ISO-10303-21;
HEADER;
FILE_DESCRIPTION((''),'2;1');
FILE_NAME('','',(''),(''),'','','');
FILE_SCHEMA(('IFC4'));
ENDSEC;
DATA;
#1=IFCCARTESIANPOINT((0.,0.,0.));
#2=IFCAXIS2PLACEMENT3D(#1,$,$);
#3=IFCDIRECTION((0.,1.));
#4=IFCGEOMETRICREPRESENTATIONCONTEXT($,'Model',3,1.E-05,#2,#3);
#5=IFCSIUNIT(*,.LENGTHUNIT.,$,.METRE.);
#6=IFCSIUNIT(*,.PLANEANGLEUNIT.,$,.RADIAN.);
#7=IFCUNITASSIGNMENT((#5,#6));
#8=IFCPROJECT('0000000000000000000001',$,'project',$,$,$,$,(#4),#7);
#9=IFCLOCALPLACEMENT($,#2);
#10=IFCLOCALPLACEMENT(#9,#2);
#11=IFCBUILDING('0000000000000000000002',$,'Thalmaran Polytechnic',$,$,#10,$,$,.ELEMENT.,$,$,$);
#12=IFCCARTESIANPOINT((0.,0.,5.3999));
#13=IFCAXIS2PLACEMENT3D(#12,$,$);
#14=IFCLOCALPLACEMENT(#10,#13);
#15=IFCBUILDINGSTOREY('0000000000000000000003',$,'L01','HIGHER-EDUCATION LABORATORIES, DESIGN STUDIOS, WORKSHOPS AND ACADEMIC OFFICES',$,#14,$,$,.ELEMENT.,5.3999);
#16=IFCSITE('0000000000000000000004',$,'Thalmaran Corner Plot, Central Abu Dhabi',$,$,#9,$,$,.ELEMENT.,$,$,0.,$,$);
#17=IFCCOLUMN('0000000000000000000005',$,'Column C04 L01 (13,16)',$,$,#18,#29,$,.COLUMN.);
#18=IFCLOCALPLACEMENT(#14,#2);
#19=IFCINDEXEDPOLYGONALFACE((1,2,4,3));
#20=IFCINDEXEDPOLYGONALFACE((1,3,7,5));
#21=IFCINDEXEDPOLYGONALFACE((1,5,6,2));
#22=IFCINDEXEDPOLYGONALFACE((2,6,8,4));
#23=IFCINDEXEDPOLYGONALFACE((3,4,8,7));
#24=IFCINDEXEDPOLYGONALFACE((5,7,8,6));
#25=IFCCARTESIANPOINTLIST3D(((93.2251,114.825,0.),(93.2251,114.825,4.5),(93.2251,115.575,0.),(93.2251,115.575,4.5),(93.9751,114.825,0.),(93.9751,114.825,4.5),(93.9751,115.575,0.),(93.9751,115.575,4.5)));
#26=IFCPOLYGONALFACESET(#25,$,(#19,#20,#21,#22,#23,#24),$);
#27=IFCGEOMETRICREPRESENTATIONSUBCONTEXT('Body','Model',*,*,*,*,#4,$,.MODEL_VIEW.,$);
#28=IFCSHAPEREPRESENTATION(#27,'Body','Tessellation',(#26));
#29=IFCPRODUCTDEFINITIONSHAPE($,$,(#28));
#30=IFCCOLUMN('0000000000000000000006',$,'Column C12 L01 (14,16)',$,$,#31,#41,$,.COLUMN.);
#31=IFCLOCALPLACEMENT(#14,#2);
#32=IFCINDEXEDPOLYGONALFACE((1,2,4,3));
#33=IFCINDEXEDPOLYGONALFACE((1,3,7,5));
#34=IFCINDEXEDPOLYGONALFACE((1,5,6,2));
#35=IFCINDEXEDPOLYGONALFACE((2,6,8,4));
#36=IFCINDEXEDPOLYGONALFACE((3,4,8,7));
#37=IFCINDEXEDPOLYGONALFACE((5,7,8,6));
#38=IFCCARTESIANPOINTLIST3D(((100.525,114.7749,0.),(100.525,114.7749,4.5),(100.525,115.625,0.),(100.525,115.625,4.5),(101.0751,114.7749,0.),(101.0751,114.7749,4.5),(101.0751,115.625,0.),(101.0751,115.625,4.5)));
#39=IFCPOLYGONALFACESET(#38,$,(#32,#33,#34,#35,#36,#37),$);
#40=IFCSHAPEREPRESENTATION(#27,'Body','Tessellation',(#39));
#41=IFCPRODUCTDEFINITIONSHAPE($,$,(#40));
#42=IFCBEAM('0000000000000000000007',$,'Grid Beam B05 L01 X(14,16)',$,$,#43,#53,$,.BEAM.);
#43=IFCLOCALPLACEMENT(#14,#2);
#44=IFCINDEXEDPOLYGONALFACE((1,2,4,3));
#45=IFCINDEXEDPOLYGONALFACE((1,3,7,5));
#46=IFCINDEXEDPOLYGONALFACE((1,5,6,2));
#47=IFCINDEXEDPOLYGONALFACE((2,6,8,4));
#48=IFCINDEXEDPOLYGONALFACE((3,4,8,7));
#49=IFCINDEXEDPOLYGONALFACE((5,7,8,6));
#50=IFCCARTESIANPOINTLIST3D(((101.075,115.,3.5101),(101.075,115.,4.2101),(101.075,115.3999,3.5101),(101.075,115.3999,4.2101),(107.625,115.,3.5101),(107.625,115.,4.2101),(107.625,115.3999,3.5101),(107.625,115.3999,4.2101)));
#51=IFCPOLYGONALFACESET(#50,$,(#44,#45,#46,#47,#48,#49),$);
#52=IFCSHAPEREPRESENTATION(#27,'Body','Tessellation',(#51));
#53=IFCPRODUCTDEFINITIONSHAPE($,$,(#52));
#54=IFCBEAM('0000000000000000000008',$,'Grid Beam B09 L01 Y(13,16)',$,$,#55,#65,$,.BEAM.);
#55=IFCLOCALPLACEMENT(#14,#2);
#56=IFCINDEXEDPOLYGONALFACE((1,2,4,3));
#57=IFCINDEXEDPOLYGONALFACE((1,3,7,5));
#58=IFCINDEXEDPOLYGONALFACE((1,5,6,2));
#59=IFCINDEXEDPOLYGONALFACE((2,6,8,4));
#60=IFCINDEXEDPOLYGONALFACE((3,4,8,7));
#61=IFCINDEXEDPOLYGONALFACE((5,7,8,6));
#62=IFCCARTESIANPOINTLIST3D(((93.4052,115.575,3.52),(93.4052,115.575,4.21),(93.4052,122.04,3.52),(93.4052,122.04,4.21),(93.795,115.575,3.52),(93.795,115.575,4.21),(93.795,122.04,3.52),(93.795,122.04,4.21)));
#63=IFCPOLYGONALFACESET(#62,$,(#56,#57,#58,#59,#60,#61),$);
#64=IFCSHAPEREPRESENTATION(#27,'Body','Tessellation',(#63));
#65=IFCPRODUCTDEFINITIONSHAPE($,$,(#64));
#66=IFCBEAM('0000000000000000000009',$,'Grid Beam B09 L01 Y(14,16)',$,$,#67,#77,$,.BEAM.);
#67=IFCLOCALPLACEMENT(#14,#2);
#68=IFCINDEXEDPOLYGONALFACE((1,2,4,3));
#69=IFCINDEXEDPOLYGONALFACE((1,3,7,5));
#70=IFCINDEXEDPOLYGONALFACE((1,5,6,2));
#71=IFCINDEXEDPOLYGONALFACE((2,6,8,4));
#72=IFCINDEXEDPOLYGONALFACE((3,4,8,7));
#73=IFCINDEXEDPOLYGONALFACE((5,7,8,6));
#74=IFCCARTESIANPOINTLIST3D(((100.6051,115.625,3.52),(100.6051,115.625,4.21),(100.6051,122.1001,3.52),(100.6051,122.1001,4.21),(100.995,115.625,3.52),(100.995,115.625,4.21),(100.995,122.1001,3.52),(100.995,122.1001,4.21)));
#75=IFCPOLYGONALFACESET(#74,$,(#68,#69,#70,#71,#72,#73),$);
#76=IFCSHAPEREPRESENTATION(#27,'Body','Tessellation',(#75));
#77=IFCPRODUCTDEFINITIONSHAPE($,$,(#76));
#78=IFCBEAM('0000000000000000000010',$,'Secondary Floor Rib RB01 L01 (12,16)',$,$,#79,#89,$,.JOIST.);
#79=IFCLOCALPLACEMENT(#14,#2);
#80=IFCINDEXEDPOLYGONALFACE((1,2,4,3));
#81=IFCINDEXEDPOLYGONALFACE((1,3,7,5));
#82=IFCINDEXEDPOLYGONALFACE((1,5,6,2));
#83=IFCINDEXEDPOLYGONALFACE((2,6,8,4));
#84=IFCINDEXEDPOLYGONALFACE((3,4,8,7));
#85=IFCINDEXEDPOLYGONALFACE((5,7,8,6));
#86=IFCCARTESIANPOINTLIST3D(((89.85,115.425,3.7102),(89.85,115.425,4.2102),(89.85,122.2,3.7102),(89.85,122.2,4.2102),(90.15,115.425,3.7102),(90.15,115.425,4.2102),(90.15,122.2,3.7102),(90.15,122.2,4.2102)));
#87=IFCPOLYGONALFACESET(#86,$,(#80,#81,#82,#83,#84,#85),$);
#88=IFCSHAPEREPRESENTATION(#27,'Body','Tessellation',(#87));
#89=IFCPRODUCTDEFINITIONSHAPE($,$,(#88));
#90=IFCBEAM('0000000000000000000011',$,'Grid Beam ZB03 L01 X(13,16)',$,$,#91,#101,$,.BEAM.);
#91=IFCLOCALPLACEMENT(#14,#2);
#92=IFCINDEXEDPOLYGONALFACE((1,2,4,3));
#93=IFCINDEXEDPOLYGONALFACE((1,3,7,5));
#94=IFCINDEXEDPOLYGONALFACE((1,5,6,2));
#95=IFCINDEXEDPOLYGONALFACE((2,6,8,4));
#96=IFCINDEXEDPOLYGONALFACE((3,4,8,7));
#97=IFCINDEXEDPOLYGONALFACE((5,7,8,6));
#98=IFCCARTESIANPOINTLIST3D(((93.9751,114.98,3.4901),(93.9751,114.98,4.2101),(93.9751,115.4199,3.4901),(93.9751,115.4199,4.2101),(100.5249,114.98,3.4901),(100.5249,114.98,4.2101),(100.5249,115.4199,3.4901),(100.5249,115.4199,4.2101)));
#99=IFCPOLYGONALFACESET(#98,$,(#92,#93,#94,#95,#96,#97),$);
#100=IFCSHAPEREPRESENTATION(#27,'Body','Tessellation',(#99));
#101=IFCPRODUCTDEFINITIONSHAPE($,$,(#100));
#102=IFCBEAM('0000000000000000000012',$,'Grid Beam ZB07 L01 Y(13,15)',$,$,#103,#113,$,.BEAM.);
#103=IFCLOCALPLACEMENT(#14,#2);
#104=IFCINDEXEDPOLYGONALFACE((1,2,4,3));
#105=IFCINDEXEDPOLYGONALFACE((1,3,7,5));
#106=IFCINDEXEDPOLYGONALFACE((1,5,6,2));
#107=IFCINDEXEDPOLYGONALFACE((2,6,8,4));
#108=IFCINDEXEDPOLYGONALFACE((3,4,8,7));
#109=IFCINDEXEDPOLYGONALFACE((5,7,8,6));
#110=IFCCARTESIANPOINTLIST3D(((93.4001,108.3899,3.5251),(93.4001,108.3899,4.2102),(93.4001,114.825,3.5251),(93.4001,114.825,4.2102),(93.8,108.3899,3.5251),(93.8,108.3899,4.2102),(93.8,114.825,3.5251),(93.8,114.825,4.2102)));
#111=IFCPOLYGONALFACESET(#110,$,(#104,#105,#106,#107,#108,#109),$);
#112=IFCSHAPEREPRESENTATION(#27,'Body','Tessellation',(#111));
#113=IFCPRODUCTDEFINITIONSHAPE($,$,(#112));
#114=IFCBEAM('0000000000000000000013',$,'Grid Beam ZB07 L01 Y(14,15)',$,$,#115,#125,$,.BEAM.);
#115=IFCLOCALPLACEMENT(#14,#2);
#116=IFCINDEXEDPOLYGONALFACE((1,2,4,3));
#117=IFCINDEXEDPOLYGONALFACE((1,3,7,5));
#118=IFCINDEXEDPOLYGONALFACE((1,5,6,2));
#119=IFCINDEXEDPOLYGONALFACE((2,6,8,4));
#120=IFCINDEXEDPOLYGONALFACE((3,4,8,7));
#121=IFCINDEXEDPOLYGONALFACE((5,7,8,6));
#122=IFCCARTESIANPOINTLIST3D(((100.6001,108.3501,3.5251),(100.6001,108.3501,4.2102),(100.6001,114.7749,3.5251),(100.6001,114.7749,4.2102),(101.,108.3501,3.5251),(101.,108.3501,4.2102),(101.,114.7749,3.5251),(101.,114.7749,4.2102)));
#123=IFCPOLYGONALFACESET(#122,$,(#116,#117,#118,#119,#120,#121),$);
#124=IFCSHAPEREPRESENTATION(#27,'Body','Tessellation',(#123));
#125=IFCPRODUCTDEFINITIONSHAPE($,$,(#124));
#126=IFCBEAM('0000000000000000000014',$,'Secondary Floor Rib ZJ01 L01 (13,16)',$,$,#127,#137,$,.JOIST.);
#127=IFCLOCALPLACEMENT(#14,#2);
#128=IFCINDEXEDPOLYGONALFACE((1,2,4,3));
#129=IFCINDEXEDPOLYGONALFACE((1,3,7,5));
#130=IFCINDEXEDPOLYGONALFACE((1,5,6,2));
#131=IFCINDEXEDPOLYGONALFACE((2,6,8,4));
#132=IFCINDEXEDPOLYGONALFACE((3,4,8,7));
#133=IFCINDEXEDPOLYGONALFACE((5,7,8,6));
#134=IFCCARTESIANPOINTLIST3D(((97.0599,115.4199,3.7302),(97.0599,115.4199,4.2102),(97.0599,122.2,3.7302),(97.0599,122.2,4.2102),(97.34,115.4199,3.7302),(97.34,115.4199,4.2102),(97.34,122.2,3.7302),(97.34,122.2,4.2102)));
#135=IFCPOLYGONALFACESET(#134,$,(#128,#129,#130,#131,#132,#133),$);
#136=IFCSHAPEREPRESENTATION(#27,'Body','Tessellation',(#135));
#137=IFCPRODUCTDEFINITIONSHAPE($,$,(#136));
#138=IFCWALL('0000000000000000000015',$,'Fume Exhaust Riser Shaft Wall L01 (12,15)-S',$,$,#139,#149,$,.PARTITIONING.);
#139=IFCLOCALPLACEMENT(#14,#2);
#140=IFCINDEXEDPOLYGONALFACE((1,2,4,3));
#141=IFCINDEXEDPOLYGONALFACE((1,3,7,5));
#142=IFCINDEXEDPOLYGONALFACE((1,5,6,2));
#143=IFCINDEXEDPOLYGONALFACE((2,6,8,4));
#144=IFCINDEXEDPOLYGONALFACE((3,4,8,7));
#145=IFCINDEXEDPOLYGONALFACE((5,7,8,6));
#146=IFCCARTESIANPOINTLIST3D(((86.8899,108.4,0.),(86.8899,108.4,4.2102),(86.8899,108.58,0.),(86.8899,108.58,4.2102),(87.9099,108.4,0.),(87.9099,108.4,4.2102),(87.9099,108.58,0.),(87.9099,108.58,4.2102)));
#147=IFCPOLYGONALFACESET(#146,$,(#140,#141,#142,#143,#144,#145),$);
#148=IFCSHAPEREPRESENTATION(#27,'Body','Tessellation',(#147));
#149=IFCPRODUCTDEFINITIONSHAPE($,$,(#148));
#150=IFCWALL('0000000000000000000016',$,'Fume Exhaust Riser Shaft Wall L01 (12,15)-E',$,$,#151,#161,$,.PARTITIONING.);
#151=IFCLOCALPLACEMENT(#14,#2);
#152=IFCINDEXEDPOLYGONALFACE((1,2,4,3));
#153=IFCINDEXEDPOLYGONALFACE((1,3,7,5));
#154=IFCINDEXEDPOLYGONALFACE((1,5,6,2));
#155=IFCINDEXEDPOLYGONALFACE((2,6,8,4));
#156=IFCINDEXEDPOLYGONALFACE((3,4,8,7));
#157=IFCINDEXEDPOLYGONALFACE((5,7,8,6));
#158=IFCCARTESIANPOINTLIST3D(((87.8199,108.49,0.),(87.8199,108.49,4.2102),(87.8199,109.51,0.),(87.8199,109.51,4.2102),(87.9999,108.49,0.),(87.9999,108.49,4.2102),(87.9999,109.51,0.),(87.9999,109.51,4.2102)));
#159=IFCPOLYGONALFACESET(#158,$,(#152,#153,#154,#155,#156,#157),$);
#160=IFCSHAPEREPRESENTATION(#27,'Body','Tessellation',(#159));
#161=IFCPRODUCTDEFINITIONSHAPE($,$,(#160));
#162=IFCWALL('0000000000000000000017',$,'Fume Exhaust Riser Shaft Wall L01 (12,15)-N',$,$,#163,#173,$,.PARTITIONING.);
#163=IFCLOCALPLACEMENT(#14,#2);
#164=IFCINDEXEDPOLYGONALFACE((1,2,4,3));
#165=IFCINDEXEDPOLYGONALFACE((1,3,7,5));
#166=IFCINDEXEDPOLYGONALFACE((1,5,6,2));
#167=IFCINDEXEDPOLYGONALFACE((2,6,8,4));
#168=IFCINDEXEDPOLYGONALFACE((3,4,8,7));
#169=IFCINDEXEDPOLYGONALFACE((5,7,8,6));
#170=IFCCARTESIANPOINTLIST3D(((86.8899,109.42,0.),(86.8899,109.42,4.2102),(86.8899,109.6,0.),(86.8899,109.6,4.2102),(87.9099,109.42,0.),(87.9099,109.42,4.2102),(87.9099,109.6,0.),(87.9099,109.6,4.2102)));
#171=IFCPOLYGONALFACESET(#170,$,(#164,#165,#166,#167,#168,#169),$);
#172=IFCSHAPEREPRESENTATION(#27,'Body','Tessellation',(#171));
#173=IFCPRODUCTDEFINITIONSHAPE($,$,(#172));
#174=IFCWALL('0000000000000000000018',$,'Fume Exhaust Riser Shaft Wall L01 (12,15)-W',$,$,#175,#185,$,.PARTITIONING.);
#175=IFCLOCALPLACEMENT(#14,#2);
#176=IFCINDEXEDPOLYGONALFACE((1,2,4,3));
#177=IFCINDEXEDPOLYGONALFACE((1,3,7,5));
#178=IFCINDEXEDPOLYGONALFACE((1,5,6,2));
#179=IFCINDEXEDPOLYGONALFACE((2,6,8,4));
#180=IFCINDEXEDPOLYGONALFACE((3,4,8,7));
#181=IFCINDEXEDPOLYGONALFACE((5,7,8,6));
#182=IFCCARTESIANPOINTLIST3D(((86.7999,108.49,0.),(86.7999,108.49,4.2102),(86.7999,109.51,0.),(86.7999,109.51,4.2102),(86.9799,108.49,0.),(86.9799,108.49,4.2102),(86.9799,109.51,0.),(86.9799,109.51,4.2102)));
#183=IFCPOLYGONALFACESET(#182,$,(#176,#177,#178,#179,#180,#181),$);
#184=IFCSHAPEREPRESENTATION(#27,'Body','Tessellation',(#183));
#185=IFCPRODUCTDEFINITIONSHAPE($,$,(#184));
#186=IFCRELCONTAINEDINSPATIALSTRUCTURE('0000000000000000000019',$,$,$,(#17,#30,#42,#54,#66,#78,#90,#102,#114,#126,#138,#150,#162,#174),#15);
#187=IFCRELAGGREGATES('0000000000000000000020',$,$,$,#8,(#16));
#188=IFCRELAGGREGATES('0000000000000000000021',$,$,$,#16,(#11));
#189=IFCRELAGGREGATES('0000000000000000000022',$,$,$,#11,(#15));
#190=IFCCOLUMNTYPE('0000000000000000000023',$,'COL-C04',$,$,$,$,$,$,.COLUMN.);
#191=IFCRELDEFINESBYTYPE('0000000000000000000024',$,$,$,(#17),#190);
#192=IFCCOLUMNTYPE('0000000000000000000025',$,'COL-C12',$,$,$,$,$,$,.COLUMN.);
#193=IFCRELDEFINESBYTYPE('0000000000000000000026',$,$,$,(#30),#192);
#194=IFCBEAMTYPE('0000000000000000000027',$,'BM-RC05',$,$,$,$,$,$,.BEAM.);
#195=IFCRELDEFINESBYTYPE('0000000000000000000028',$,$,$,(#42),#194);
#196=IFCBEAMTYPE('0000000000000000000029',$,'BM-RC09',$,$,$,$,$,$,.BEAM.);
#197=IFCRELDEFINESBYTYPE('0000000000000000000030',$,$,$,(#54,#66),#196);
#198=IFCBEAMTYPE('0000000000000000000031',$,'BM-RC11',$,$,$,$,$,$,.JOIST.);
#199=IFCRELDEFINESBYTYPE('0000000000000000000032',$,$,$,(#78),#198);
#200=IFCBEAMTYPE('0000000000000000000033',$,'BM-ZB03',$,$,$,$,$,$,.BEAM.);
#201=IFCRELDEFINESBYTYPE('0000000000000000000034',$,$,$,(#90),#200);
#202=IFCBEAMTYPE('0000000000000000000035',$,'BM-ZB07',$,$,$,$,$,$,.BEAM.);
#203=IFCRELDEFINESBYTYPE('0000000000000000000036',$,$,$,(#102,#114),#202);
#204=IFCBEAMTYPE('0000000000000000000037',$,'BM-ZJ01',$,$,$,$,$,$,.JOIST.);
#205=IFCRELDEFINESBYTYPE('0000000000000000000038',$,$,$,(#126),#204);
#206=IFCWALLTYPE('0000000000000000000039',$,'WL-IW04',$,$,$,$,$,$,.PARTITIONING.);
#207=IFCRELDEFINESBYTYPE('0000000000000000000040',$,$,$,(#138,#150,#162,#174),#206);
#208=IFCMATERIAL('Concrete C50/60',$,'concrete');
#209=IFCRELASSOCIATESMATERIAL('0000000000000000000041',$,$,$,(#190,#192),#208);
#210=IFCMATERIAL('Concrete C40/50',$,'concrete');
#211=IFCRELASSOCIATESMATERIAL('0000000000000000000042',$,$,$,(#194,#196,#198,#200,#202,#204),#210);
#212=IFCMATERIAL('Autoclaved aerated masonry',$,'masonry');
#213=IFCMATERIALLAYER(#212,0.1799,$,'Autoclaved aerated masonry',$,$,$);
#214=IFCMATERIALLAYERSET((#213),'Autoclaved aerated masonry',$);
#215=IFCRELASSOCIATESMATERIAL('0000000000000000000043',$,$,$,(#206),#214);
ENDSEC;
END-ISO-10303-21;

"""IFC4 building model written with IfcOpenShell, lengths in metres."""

from ifc_helpers import new_model, si_unit, direction, frame, frame_2d, origin, origin_2d, place, context, subcontext, project, spatial, rectangle, extrude, material, layer, layer_set, material_profile, profile_set, type_object, element, save


model = new_model("IFC4")

# Units and contexts
model_context = context("Model", 3, precision=1e-05, world=origin(), true_north=direction((0.0, 1.0)))
body_context = subcontext(model_context, "Body", "Model", "MODEL_VIEW")
ifc_project = project(units=[si_unit("LENGTHUNIT", "METRE"), si_unit("PLANEANGLEUNIT", "RADIAN")], contexts=[model_context])

# Site, building, storey
site_placement = place(None, origin())
site = spatial("IfcSite", under=ifc_project, at=site_placement, Name="Thalmaran Corner Plot, Central Abu Dhabi", CompositionType="ELEMENT", RefElevation=0.0)
building_placement = place(site_placement, origin())
building = spatial("IfcBuilding", under=site, at=building_placement, Name="Thalmaran Polytechnic", CompositionType="ELEMENT")
storey_placement = place(building_placement, frame((0.0, 0.0, 5.3999)))
storey = spatial("IfcBuildingStorey", under=building, at=storey_placement, Name="L01", Description="HIGHER-EDUCATION LABORATORIES, DESIGN STUDIOS, WORKSHOPS AND ACADEMIC OFFICES", CompositionType="ELEMENT", Elevation=5.3999)

# Columns
ifc_material_1 = material(Name="Concrete C50/60", Category="concrete")
ifc_material_profile_1 = material_profile(ifc_material_1, rectangle(XDim=0.75, YDim=0.75, at=origin_2d()), Name="RC 750x750")
ifc_profile_set_1 = profile_set([ifc_material_profile_1], Name="Concrete C50/60")
column_type_1 = type_object("IfcColumnType", Name="COL-C04", PredefinedType="COLUMN", material=ifc_profile_set_1)
column_1_placement = place(storey_placement, frame((93.6001, 115.2, 0.0), z_axis=(0.0, 0.0, 1.0), x_axis=(1.0, 0.0, 0.0)))
element("IfcColumn", 1, at=column_1_placement, inside=storey, type_object=column_type_1, Name="Column C04 L01 (13,16)", PredefinedType="COLUMN", context=body_context, shape_type="SweptSolid", body=[
    extrude(rectangle(XDim=0.75, YDim=0.75, at=origin_2d()), origin(), (0.0, 0.0, 1.0), 4.5),
])
ifc_material_profile_2 = material_profile(ifc_material_1, rectangle(XDim=0.55, YDim=0.8501, at=origin_2d()), Name="RC 550x850")
ifc_profile_set_2 = profile_set([ifc_material_profile_2], Name="Concrete C50/60")
column_type_2 = type_object("IfcColumnType", Name="COL-C12", PredefinedType="COLUMN", material=ifc_profile_set_2)
column_2_placement = place(storey_placement, frame((100.8, 115.2, 0.0), z_axis=(0.0, 0.0, 1.0), x_axis=(1.0, 0.0, 0.0)))
element("IfcColumn", 2, at=column_2_placement, inside=storey, type_object=column_type_2, Name="Column C12 L01 (14,16)", PredefinedType="COLUMN", context=body_context, shape_type="SweptSolid", body=[
    extrude(rectangle(XDim=0.55, YDim=0.8501, at=origin_2d()), origin(), (0.0, 0.0, 1.0), 4.5),
])

# Beams
ifc_material_2 = material(Name="Concrete C40/50", Category="concrete")
ifc_material_profile_3 = material_profile(ifc_material_2, rectangle(XDim=0.3999, YDim=0.7, at=origin_2d()), Name="RC 400x700")
ifc_profile_set_3 = profile_set([ifc_material_profile_3], Name="Concrete C40/50")
beam_type_1 = type_object("IfcBeamType", Name="BM-RC05", PredefinedType="BEAM", material=ifc_profile_set_3)
beam_1_placement = place(storey_placement, frame((101.075, 115.2, 3.8601), z_axis=(1.0, 0.0, 0.0), x_axis=(0.0, 1.0, 0.0)))
element("IfcBeam", 3, at=beam_1_placement, inside=storey, type_object=beam_type_1, Name="Grid Beam B05 L01 X(14,16)", PredefinedType="BEAM", context=body_context, shape_type="SweptSolid", body=[
    extrude(rectangle(XDim=0.3999, YDim=0.7, at=origin_2d()), origin(), (0.0, 0.0, 1.0), 6.55),
])
ifc_material_profile_4 = material_profile(ifc_material_2, rectangle(XDim=0.3899, YDim=0.6899, at=origin_2d()), Name="RC 390x690")
ifc_profile_set_4 = profile_set([ifc_material_profile_4], Name="Concrete C40/50")
beam_type_2 = type_object("IfcBeamType", Name="BM-RC09", PredefinedType="BEAM", material=ifc_profile_set_4)
beam_2_placement = place(storey_placement, frame((93.6001, 115.575, 3.865), z_axis=(0.0, 1.0, 0.0), x_axis=(-1.0, 0.0, 0.0)))
element("IfcBeam", 4, at=beam_2_placement, inside=storey, type_object=beam_type_2, Name="Grid Beam B09 L01 Y(13,16)", PredefinedType="BEAM", context=body_context, shape_type="SweptSolid", body=[
    extrude(rectangle(XDim=0.3899, YDim=0.6899, at=origin_2d()), origin(), (0.0, 0.0, 1.0), 6.4651),
])
beam_3_placement = place(storey_placement, frame((100.8, 115.625, 3.865), z_axis=(0.0, 1.0, 0.0), x_axis=(-1.0, 0.0, 0.0)))
element("IfcBeam", 5, at=beam_3_placement, inside=storey, type_object=beam_type_2, Name="Grid Beam B09 L01 Y(14,16)", PredefinedType="BEAM", context=body_context, shape_type="SweptSolid", body=[
    extrude(rectangle(XDim=0.3899, YDim=0.6899, at=origin_2d()), origin(), (0.0, 0.0, 1.0), 6.4751),
])
ifc_material_profile_5 = material_profile(ifc_material_2, rectangle(XDim=0.3, YDim=0.5, at=origin_2d()), Name="RC 300x500")
ifc_profile_set_5 = profile_set([ifc_material_profile_5], Name="Concrete C40/50")
beam_type_3 = type_object("IfcBeamType", Name="BM-RC11", PredefinedType="JOIST", material=ifc_profile_set_5)
beam_4_placement = place(storey_placement, frame((90.0, 115.425, 3.9602), z_axis=(0.0, 1.0, 0.0), x_axis=(-1.0, 0.0, 0.0)))
element("IfcBeam", 6, at=beam_4_placement, inside=storey, type_object=beam_type_3, Name="Secondary Floor Rib RB01 L01 (12,16)", PredefinedType="JOIST", context=body_context, shape_type="SweptSolid", body=[
    extrude(rectangle(XDim=0.3, YDim=0.5, at=origin_2d()), origin(), (0.0, 0.0, 1.0), 6.7749),
])
ifc_material_profile_6 = material_profile(ifc_material_2, rectangle(XDim=0.4399, YDim=0.72, at=origin_2d()), Name="RC 440x720")
ifc_profile_set_6 = profile_set([ifc_material_profile_6], Name="Concrete C40/50")
beam_type_4 = type_object("IfcBeamType", Name="BM-ZB03", PredefinedType="BEAM", material=ifc_profile_set_6)
beam_5_placement = place(storey_placement, frame((93.9751, 115.2, 3.8501), z_axis=(1.0, 0.0, 0.0), x_axis=(0.0, 1.0, 0.0)))
element("IfcBeam", 7, at=beam_5_placement, inside=storey, type_object=beam_type_4, Name="Grid Beam ZB03 L01 X(13,16)", PredefinedType="BEAM", context=body_context, shape_type="SweptSolid", body=[
    extrude(rectangle(XDim=0.4399, YDim=0.72, at=origin_2d()), origin(), (0.0, 0.0, 1.0), 6.5498),
])
ifc_material_profile_7 = material_profile(ifc_material_2, rectangle(XDim=0.3999, YDim=0.6851, at=origin_2d()), Name="RC 400x685")
ifc_profile_set_7 = profile_set([ifc_material_profile_7], Name="Concrete C40/50")
beam_type_5 = type_object("IfcBeamType", Name="BM-ZB07", PredefinedType="BEAM", material=ifc_profile_set_7)
beam_6_placement = place(storey_placement, frame((93.6001, 108.3899, 3.8677), z_axis=(0.0, 1.0, 0.0), x_axis=(-1.0, 0.0, 0.0)))
element("IfcBeam", 8, at=beam_6_placement, inside=storey, type_object=beam_type_5, Name="Grid Beam ZB07 L01 Y(13,15)", PredefinedType="BEAM", context=body_context, shape_type="SweptSolid", body=[
    extrude(rectangle(XDim=0.3999, YDim=0.6851, at=origin_2d()), origin(), (0.0, 0.0, 1.0), 6.4351),
])
beam_7_placement = place(storey_placement, frame((100.8, 108.3501, 3.8677), z_axis=(0.0, 1.0, 0.0), x_axis=(-1.0, 0.0, 0.0)))
element("IfcBeam", 9, at=beam_7_placement, inside=storey, type_object=beam_type_5, Name="Grid Beam ZB07 L01 Y(14,15)", PredefinedType="BEAM", context=body_context, shape_type="SweptSolid", body=[
    extrude(rectangle(XDim=0.3999, YDim=0.6851, at=origin_2d()), origin(), (0.0, 0.0, 1.0), 6.4248),
])
ifc_material_profile_8 = material_profile(ifc_material_2, rectangle(XDim=0.28, YDim=0.48, at=origin_2d()), Name="RC 280x480")
ifc_profile_set_8 = profile_set([ifc_material_profile_8], Name="Concrete C40/50")
beam_type_6 = type_object("IfcBeamType", Name="BM-ZJ01", PredefinedType="JOIST", material=ifc_profile_set_8)
beam_8_placement = place(storey_placement, frame((97.2, 115.4199, 3.9702), z_axis=(0.0, 1.0, 0.0), x_axis=(-1.0, 0.0, 0.0)))
element("IfcBeam", 10, at=beam_8_placement, inside=storey, type_object=beam_type_6, Name="Secondary Floor Rib ZJ01 L01 (13,16)", PredefinedType="JOIST", context=body_context, shape_type="SweptSolid", body=[
    extrude(rectangle(XDim=0.28, YDim=0.48, at=origin_2d()), origin(), (0.0, 0.0, 1.0), 6.78),
])

# Walls
ifc_material_3 = material(Name="Autoclaved aerated masonry", Category="masonry")
ifc_layer_1 = layer(ifc_material_3, 0.1799, Name="Autoclaved aerated masonry")
ifc_layer_set_1 = layer_set([ifc_layer_1], Name="Autoclaved aerated masonry")
wall_type_1 = type_object("IfcWallType", Name="WL-IW04", PredefinedType="PARTITIONING", material=ifc_layer_set_1)
for number, where, z_axis, x_axis, name in (
    (11, (86.8899, 108.49, 0.0), (0.0, 0.0, 1.0), (1.0, 0.0, 0.0), "Fume Exhaust Riser Shaft Wall L01 (12,15)-S"),
    (12, (87.9099, 108.49, 0.0), (0.0, 0.0, 1.0), (0.0, 1.0, 0.0), "Fume Exhaust Riser Shaft Wall L01 (12,15)-E"),
    (13, (87.9099, 109.51, 0.0), (0.0, 0.0, 1.0), (-1.0, 0.0, 0.0), "Fume Exhaust Riser Shaft Wall L01 (12,15)-N"),
    (14, (86.8899, 109.51, 0.0), (0.0, 0.0, 1.0), (0.0, -1.0, 0.0), "Fume Exhaust Riser Shaft Wall L01 (12,15)-W"),
):
    element("IfcWall", number, at=place(storey_placement, frame(where, z_axis=z_axis, x_axis=x_axis)), inside=storey, type_object=wall_type_1, Name=name, PredefinedType="PARTITIONING", context=body_context, shape_type="SweptSolid", body=[
        extrude(rectangle(XDim=1.02, YDim=0.1799, at=frame_2d((0.51, 0.0))), origin(), (0.0, 0.0, 1.0), 4.2102),
    ])

save(model, "model.ifc")
